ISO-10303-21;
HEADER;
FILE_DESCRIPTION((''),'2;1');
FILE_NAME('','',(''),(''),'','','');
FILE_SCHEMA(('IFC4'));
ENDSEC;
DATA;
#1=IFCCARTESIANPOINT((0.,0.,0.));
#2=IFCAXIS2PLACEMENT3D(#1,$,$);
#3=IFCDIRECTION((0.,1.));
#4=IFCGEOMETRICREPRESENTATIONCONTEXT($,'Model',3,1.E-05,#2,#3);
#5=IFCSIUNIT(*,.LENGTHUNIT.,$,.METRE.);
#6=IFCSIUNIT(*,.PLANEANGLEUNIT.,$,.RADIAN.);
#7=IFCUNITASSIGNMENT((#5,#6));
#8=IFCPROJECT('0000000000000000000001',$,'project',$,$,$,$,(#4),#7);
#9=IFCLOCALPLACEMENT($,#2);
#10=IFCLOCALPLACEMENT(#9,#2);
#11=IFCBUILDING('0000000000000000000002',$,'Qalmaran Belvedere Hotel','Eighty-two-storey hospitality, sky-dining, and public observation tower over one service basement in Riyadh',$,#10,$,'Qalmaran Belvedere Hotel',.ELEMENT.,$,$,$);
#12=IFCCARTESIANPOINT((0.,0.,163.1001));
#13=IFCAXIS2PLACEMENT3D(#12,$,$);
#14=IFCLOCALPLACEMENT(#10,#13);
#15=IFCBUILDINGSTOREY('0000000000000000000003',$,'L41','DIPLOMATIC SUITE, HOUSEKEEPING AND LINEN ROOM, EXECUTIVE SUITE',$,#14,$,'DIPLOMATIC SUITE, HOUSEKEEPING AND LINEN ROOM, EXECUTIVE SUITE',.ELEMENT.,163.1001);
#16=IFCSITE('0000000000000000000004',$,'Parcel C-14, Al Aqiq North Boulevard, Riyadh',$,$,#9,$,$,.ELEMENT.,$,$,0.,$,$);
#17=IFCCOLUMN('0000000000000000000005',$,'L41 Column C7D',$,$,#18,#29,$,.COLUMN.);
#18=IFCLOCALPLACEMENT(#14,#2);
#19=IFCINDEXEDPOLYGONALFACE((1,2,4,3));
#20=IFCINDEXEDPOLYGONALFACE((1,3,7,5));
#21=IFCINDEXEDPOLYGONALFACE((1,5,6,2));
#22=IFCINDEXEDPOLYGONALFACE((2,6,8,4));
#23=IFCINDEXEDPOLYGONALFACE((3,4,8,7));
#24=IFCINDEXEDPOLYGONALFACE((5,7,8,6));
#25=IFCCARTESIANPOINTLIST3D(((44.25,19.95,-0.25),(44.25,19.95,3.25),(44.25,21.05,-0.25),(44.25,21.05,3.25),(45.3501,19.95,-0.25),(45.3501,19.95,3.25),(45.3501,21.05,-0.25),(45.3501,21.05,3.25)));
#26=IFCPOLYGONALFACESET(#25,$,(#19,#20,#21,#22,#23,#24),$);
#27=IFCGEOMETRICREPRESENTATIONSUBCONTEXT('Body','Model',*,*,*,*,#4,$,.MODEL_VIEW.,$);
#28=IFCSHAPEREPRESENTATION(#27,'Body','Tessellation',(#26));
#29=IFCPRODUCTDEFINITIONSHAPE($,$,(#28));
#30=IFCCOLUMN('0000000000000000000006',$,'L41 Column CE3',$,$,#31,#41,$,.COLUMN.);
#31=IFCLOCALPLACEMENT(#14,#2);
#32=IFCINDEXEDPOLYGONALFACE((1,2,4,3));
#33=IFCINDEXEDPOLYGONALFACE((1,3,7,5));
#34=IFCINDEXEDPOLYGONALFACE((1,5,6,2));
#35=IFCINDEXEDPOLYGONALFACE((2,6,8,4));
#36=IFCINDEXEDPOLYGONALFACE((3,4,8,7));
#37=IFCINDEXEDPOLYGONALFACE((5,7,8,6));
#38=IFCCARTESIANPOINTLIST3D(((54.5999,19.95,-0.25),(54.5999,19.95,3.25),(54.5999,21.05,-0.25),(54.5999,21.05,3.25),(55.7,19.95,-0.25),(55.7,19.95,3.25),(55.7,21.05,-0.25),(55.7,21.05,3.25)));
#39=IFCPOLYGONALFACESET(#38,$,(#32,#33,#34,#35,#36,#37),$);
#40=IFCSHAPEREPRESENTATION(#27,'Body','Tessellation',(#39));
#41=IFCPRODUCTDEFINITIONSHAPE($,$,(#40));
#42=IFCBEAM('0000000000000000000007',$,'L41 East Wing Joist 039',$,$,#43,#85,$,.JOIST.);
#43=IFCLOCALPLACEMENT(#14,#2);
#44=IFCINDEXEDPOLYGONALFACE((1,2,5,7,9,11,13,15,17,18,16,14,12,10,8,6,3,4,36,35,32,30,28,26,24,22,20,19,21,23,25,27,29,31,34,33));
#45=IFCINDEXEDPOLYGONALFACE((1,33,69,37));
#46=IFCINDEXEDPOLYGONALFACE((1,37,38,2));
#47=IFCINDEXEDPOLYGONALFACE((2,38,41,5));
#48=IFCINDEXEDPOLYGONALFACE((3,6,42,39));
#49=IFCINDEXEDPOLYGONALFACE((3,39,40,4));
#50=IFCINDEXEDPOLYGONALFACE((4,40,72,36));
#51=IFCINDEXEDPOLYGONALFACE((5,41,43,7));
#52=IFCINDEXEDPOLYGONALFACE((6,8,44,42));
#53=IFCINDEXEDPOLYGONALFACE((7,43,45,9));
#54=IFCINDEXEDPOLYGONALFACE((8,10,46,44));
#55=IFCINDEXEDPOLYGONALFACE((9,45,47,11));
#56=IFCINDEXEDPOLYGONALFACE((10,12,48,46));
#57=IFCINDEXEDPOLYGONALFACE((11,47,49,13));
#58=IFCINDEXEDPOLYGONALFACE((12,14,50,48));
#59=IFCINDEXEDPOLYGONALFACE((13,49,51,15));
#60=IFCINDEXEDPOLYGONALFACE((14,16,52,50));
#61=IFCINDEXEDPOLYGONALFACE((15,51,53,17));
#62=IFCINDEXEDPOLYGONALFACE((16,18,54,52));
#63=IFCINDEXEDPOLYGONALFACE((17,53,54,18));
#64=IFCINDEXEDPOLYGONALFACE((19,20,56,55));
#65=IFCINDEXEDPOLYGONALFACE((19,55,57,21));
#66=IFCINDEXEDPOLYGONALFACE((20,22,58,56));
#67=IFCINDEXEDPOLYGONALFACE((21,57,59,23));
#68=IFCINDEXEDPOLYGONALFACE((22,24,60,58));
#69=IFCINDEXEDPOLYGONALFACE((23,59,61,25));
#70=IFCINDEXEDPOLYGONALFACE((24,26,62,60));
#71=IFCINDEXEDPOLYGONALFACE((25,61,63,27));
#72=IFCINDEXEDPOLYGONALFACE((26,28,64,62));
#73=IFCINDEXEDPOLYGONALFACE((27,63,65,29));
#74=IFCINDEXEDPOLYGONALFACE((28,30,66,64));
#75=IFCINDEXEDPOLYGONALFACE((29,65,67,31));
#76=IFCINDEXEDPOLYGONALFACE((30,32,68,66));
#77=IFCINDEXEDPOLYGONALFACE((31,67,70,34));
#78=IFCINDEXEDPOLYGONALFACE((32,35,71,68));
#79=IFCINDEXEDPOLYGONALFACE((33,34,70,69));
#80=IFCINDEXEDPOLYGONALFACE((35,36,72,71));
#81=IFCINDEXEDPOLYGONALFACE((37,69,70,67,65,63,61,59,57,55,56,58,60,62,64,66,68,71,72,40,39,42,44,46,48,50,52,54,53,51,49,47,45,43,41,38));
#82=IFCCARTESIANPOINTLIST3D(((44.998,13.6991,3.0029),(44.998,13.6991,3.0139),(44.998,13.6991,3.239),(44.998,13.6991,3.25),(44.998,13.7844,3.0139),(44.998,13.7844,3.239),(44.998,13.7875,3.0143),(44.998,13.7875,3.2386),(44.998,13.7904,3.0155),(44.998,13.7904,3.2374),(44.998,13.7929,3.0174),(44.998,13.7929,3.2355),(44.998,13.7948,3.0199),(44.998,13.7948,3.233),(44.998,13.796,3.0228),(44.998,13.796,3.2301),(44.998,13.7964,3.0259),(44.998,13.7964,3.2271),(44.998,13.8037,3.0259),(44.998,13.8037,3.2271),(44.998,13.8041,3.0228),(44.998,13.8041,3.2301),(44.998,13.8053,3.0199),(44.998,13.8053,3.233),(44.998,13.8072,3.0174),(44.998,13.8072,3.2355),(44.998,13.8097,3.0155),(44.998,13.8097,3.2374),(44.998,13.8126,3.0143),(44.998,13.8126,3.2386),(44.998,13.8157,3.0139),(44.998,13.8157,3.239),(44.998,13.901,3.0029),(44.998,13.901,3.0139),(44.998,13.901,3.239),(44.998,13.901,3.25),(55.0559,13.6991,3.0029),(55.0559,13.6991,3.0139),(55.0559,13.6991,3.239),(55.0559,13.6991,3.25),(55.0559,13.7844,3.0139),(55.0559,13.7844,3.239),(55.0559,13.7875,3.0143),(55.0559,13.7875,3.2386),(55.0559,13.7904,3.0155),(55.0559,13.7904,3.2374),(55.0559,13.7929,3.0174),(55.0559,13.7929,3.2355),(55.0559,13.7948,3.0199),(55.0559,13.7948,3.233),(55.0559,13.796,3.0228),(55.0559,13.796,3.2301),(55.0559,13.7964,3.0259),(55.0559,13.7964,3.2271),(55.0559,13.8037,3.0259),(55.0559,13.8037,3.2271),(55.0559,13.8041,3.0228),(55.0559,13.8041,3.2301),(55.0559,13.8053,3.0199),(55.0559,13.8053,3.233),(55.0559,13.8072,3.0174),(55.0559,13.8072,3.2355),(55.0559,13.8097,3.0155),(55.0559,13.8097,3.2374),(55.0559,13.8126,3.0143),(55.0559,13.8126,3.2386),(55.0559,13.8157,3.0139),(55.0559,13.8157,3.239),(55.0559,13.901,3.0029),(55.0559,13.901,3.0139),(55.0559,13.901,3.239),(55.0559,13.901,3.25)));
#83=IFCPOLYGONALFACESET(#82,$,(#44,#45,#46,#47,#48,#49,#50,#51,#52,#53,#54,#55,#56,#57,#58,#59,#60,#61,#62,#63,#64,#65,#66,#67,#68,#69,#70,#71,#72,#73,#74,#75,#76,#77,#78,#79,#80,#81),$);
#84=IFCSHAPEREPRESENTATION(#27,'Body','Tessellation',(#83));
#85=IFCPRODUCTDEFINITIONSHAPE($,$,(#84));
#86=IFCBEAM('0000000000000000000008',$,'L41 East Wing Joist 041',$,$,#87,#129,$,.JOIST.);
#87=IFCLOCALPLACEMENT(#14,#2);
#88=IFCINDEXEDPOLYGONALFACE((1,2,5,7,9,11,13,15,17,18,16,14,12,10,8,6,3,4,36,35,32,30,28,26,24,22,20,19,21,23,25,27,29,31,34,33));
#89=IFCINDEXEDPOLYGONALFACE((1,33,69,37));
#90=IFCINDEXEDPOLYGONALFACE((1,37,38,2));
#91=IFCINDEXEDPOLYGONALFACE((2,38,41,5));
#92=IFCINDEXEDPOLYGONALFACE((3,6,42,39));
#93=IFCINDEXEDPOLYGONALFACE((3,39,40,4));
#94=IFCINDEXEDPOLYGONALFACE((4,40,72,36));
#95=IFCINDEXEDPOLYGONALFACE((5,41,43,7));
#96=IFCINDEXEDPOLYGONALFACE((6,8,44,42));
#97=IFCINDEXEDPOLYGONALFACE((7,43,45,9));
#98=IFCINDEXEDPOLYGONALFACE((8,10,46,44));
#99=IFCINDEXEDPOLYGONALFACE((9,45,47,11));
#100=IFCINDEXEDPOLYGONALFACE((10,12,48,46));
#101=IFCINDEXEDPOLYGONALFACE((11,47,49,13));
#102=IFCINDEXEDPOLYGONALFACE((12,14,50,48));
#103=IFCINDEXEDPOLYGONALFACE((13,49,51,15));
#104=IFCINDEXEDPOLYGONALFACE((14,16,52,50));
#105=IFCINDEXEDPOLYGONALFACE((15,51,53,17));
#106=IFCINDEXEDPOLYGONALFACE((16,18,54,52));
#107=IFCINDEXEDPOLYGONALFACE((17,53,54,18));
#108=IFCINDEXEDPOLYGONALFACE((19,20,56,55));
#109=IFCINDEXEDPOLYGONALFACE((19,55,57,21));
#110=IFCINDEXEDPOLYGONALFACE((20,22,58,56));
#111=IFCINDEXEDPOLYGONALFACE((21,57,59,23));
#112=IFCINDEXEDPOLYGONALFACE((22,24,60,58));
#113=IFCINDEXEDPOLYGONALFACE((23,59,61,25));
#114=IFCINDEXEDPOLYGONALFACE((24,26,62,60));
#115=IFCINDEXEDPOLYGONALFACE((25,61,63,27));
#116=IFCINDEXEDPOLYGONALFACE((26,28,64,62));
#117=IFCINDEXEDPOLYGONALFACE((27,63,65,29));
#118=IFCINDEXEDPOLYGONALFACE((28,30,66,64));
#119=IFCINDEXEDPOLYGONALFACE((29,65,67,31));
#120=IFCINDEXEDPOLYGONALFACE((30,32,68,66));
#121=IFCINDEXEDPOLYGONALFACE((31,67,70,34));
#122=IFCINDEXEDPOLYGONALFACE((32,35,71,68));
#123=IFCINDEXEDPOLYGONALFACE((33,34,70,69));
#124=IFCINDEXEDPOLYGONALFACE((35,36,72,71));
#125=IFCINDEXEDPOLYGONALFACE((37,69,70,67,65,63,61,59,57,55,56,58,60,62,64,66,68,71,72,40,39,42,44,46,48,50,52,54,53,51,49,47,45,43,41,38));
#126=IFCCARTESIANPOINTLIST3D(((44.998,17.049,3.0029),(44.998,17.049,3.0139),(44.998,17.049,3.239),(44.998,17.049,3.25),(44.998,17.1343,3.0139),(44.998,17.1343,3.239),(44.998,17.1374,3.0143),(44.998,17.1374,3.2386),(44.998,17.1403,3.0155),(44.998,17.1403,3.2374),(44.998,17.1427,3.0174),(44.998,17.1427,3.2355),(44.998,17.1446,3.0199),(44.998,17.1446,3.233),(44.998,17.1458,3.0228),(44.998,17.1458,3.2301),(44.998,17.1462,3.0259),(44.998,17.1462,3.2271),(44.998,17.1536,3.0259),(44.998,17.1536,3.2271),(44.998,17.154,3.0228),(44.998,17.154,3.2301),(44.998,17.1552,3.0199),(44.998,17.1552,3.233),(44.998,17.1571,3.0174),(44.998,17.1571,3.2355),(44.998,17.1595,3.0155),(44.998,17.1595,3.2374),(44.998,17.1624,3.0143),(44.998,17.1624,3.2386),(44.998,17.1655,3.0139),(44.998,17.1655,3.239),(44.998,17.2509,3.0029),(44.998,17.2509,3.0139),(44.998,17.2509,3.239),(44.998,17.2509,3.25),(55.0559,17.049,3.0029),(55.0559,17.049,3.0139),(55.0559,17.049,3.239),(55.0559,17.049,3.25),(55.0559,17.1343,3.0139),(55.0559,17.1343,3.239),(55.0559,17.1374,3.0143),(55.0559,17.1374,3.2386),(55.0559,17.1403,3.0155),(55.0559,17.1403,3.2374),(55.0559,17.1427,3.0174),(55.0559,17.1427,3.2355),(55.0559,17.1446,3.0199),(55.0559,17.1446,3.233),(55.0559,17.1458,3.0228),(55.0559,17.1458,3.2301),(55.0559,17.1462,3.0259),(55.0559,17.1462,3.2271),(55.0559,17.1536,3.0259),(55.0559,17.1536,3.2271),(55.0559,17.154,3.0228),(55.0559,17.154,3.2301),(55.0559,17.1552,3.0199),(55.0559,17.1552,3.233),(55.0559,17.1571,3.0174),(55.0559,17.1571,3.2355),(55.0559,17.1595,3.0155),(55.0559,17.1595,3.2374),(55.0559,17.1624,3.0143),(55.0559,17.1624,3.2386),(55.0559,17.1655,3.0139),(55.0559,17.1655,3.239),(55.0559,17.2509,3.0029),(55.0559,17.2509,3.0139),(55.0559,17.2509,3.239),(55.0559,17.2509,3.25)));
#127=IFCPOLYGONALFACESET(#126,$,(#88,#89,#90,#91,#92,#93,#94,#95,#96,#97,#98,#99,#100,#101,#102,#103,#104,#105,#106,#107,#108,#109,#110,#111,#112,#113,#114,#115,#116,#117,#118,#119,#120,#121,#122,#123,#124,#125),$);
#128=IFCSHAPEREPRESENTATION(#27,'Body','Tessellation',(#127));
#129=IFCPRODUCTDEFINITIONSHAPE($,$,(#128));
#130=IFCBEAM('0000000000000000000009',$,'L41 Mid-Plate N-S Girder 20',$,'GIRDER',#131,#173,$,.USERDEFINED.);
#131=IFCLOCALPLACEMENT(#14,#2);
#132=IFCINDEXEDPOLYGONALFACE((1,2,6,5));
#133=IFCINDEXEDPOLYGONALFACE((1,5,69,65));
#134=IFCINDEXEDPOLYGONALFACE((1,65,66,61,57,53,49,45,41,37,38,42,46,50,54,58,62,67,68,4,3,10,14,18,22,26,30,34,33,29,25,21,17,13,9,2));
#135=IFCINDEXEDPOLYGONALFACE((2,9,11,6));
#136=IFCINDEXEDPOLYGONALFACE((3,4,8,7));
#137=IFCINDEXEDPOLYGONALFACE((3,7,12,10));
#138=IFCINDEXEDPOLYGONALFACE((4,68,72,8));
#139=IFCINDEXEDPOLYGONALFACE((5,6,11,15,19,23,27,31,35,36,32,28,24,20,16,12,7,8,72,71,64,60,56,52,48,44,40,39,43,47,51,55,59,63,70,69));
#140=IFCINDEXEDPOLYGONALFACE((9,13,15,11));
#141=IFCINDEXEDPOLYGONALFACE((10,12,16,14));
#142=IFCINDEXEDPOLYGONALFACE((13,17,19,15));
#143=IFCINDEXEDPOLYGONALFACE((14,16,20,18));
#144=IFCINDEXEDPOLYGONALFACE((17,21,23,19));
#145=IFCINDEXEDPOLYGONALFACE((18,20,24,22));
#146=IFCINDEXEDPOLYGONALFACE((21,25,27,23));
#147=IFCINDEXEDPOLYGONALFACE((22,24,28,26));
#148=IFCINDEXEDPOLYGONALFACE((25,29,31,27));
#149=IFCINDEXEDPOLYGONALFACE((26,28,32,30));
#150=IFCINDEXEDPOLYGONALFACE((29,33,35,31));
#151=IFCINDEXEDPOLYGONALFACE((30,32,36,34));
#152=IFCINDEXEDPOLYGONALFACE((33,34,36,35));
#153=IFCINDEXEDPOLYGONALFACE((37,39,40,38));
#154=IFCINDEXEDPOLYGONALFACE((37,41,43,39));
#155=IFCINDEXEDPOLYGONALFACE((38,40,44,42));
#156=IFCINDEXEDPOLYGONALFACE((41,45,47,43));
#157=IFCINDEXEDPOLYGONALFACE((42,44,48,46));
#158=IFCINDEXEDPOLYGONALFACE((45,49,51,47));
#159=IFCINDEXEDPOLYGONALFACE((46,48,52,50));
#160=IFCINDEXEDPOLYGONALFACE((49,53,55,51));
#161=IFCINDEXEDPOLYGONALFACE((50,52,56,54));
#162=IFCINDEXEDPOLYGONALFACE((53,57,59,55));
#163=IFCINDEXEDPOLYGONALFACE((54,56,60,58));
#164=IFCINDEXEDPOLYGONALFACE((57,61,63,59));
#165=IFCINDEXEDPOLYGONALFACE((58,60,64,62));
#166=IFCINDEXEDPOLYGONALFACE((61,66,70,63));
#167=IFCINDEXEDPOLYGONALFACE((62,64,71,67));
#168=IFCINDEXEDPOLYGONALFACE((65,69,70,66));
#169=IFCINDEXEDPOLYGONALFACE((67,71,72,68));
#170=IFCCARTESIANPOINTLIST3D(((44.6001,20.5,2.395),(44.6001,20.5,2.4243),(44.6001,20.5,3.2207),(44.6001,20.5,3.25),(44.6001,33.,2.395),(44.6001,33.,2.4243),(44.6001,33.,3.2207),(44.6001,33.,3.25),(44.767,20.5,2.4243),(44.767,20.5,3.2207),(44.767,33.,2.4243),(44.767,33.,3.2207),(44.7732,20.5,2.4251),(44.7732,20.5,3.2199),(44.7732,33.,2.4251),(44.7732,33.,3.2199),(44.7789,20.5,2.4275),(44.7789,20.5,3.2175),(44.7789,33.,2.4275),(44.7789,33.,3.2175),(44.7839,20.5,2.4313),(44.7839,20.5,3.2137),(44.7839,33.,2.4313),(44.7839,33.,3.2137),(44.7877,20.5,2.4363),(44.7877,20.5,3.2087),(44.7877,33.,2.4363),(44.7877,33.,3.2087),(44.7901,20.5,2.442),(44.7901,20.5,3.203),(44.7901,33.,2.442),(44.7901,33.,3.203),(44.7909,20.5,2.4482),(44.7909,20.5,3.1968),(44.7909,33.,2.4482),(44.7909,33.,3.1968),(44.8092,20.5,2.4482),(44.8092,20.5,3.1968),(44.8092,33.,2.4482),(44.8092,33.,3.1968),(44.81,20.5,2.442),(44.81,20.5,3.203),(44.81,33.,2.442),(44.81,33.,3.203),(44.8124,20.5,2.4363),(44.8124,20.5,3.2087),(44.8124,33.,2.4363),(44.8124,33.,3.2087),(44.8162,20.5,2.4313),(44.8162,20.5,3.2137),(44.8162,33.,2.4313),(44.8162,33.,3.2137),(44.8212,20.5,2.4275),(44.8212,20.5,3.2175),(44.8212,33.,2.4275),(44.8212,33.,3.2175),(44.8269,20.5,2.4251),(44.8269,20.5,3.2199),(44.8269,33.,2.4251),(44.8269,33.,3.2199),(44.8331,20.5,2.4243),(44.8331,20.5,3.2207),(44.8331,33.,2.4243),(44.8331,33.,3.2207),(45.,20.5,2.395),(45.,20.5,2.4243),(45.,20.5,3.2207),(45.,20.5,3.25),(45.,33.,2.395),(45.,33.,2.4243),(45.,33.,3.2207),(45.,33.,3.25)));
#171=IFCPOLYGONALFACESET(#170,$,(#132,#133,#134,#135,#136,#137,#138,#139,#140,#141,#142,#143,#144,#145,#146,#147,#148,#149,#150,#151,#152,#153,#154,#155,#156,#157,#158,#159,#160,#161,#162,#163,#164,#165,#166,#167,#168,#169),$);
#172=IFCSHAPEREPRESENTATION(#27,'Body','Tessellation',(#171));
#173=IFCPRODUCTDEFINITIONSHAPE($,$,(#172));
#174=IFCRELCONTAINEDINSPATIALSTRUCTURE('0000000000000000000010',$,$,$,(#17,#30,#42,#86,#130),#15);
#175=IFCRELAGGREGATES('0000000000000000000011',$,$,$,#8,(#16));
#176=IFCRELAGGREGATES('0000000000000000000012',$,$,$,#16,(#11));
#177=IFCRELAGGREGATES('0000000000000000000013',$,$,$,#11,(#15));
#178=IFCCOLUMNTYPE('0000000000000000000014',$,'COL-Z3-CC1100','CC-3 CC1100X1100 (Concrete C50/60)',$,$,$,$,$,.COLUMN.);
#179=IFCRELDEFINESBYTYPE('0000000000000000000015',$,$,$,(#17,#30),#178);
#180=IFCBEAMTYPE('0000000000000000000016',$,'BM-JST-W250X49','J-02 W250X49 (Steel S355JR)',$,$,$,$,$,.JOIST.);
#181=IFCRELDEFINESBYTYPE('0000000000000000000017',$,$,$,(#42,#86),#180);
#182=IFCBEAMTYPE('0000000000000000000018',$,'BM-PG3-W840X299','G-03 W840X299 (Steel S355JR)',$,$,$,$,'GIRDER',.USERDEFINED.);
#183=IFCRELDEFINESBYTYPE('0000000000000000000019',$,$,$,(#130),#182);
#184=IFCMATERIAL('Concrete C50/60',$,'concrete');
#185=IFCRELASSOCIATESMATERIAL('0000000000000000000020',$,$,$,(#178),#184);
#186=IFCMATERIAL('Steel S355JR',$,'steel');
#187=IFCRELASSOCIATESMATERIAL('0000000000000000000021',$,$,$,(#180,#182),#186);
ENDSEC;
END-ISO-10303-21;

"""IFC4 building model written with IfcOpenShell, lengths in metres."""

from ifc_helpers import new_model, si_unit, direction, frame, origin, origin_2d, place, context, subcontext, project, spatial, rectangle, i_section, extrude, material, material_profile, profile_set, type_object, element, save


model = new_model("IFC4")

# Units and contexts
model_context = context("Model", 3, precision=1e-05, world=origin(), true_north=direction((0.0, 1.0)))
body_context = subcontext(model_context, "Body", "Model", "MODEL_VIEW")
ifc_project = project(units=[si_unit("LENGTHUNIT", "METRE"), si_unit("PLANEANGLEUNIT", "RADIAN")], contexts=[model_context])

# Site, building, storey
site_placement = place(None, origin())
site = spatial("IfcSite", under=ifc_project, at=site_placement, Name="Parcel C-14, Al Aqiq North Boulevard, Riyadh", CompositionType="ELEMENT", RefElevation=0.0)
building_placement = place(site_placement, origin())
building = spatial("IfcBuilding", under=site, at=building_placement, Name="Qalmaran Belvedere Hotel", Description="Eighty-two-storey hospitality, sky-dining, and public observation tower over one service basement in Riyadh", LongName="Qalmaran Belvedere Hotel", CompositionType="ELEMENT")
storey_placement = place(building_placement, frame((0.0, 0.0, 163.1001)))
storey = spatial("IfcBuildingStorey", under=building, at=storey_placement, Name="L41", Description="DIPLOMATIC SUITE, HOUSEKEEPING AND LINEN ROOM, EXECUTIVE SUITE", LongName="DIPLOMATIC SUITE, HOUSEKEEPING AND LINEN ROOM, EXECUTIVE SUITE", CompositionType="ELEMENT", Elevation=163.1001)

# Columns
ifc_material_1 = material(Name="Concrete C50/60", Category="concrete")
ifc_material_profile_1 = material_profile(ifc_material_1, rectangle(XDim=1.1001, YDim=1.1001, at=origin_2d()), Name="CC1100X1100")
ifc_profile_set_1 = profile_set([ifc_material_profile_1], Name="Concrete C50/60")
column_type = type_object("IfcColumnType", Name="COL-Z3-CC1100", Description="CC-3 CC1100X1100 (Concrete C50/60)", PredefinedType="COLUMN", material=ifc_profile_set_1)
for number, where, z_axis, x_axis, name in (
    (1, (44.8, 20.5, -0.25), (0.0, 0.0, 1.0), (1.0, 0.0, 0.0), "L41 Column C7D"),
    (2, (55.1499, 20.5, -0.25), (0.0, 0.0, 1.0), (1.0, 0.0, 0.0), "L41 Column CE3"),
):
    element("IfcColumn", number, at=place(storey_placement, frame(where, z_axis=z_axis, x_axis=x_axis)), inside=storey, type_object=column_type, Name=name, PredefinedType="COLUMN", context=body_context, shape_type="SweptSolid", body=[
        extrude(rectangle(XDim=1.1001, YDim=1.1001, at=origin_2d()), origin(), (0.0, 0.0, 1.0), 3.5),
    ])

# Beams
ifc_material_2 = material(Name="Steel S355JR", Category="steel")
ifc_material_profile_2 = material_profile(ifc_material_2, i_section(OverallWidth=0.2019, OverallDepth=0.2471, WebThickness=0.0073, FlangeThickness=0.011, FilletRadius=0.012, at=origin_2d()), Name="W250X49")
ifc_profile_set_2 = profile_set([ifc_material_profile_2], Name="Steel S355JR")
beam_type_1 = type_object("IfcBeamType", Name="BM-JST-W250X49", Description="J-02 W250X49 (Steel S355JR)", PredefinedType="JOIST", material=ifc_profile_set_2)
for number, where, z_axis, x_axis, name in (
    (3, (44.998, 13.8, 3.1265), (1.0, 0.0, 0.0), (0.0, 1.0, 0.0), "L41 East Wing Joist 039"),
    (4, (44.998, 17.1499, 3.1265), (1.0, 0.0, 0.0), (0.0, 1.0, 0.0), "L41 East Wing Joist 041"),
):
    element("IfcBeam", number, at=place(storey_placement, frame(where, z_axis=z_axis, x_axis=x_axis)), inside=storey, type_object=beam_type_1, Name=name, PredefinedType="JOIST", context=body_context, shape_type="SweptSolid", body=[
        extrude(i_section(OverallWidth=0.2019, OverallDepth=0.2471, WebThickness=0.0073, FlangeThickness=0.011, FilletRadius=0.012, at=origin_2d()), origin(), (0.0, 0.0, 1.0), 10.0579),
    ])
ifc_material_profile_3 = material_profile(ifc_material_2, i_section(OverallWidth=0.3999, OverallDepth=0.855, WebThickness=0.0183, FlangeThickness=0.0293, FilletRadius=0.0239, at=origin_2d()), Name="W840X299")
ifc_profile_set_3 = profile_set([ifc_material_profile_3], Name="Steel S355JR")
beam_type_2 = type_object("IfcBeamType", Name="BM-PG3-W840X299", Description="G-03 W840X299 (Steel S355JR)", ElementType="GIRDER", PredefinedType="USERDEFINED", material=ifc_profile_set_3)
beam_1_placement = place(storey_placement, frame((44.8, 20.5, 2.8225), z_axis=(0.0, 1.0, 0.0), x_axis=(-1.0, 0.0, 0.0)))
element("IfcBeam", 5, at=beam_1_placement, inside=storey, type_object=beam_type_2, Name="L41 Mid-Plate N-S Girder 20", ObjectType="GIRDER", PredefinedType="USERDEFINED", context=body_context, shape_type="SweptSolid", body=[
    extrude(i_section(OverallWidth=0.3999, OverallDepth=0.855, WebThickness=0.0183, FlangeThickness=0.0293, FilletRadius=0.0239, at=origin_2d()), origin(), (0.0, 0.0, 1.0), 12.5),
])

save(model, "model.ifc")
